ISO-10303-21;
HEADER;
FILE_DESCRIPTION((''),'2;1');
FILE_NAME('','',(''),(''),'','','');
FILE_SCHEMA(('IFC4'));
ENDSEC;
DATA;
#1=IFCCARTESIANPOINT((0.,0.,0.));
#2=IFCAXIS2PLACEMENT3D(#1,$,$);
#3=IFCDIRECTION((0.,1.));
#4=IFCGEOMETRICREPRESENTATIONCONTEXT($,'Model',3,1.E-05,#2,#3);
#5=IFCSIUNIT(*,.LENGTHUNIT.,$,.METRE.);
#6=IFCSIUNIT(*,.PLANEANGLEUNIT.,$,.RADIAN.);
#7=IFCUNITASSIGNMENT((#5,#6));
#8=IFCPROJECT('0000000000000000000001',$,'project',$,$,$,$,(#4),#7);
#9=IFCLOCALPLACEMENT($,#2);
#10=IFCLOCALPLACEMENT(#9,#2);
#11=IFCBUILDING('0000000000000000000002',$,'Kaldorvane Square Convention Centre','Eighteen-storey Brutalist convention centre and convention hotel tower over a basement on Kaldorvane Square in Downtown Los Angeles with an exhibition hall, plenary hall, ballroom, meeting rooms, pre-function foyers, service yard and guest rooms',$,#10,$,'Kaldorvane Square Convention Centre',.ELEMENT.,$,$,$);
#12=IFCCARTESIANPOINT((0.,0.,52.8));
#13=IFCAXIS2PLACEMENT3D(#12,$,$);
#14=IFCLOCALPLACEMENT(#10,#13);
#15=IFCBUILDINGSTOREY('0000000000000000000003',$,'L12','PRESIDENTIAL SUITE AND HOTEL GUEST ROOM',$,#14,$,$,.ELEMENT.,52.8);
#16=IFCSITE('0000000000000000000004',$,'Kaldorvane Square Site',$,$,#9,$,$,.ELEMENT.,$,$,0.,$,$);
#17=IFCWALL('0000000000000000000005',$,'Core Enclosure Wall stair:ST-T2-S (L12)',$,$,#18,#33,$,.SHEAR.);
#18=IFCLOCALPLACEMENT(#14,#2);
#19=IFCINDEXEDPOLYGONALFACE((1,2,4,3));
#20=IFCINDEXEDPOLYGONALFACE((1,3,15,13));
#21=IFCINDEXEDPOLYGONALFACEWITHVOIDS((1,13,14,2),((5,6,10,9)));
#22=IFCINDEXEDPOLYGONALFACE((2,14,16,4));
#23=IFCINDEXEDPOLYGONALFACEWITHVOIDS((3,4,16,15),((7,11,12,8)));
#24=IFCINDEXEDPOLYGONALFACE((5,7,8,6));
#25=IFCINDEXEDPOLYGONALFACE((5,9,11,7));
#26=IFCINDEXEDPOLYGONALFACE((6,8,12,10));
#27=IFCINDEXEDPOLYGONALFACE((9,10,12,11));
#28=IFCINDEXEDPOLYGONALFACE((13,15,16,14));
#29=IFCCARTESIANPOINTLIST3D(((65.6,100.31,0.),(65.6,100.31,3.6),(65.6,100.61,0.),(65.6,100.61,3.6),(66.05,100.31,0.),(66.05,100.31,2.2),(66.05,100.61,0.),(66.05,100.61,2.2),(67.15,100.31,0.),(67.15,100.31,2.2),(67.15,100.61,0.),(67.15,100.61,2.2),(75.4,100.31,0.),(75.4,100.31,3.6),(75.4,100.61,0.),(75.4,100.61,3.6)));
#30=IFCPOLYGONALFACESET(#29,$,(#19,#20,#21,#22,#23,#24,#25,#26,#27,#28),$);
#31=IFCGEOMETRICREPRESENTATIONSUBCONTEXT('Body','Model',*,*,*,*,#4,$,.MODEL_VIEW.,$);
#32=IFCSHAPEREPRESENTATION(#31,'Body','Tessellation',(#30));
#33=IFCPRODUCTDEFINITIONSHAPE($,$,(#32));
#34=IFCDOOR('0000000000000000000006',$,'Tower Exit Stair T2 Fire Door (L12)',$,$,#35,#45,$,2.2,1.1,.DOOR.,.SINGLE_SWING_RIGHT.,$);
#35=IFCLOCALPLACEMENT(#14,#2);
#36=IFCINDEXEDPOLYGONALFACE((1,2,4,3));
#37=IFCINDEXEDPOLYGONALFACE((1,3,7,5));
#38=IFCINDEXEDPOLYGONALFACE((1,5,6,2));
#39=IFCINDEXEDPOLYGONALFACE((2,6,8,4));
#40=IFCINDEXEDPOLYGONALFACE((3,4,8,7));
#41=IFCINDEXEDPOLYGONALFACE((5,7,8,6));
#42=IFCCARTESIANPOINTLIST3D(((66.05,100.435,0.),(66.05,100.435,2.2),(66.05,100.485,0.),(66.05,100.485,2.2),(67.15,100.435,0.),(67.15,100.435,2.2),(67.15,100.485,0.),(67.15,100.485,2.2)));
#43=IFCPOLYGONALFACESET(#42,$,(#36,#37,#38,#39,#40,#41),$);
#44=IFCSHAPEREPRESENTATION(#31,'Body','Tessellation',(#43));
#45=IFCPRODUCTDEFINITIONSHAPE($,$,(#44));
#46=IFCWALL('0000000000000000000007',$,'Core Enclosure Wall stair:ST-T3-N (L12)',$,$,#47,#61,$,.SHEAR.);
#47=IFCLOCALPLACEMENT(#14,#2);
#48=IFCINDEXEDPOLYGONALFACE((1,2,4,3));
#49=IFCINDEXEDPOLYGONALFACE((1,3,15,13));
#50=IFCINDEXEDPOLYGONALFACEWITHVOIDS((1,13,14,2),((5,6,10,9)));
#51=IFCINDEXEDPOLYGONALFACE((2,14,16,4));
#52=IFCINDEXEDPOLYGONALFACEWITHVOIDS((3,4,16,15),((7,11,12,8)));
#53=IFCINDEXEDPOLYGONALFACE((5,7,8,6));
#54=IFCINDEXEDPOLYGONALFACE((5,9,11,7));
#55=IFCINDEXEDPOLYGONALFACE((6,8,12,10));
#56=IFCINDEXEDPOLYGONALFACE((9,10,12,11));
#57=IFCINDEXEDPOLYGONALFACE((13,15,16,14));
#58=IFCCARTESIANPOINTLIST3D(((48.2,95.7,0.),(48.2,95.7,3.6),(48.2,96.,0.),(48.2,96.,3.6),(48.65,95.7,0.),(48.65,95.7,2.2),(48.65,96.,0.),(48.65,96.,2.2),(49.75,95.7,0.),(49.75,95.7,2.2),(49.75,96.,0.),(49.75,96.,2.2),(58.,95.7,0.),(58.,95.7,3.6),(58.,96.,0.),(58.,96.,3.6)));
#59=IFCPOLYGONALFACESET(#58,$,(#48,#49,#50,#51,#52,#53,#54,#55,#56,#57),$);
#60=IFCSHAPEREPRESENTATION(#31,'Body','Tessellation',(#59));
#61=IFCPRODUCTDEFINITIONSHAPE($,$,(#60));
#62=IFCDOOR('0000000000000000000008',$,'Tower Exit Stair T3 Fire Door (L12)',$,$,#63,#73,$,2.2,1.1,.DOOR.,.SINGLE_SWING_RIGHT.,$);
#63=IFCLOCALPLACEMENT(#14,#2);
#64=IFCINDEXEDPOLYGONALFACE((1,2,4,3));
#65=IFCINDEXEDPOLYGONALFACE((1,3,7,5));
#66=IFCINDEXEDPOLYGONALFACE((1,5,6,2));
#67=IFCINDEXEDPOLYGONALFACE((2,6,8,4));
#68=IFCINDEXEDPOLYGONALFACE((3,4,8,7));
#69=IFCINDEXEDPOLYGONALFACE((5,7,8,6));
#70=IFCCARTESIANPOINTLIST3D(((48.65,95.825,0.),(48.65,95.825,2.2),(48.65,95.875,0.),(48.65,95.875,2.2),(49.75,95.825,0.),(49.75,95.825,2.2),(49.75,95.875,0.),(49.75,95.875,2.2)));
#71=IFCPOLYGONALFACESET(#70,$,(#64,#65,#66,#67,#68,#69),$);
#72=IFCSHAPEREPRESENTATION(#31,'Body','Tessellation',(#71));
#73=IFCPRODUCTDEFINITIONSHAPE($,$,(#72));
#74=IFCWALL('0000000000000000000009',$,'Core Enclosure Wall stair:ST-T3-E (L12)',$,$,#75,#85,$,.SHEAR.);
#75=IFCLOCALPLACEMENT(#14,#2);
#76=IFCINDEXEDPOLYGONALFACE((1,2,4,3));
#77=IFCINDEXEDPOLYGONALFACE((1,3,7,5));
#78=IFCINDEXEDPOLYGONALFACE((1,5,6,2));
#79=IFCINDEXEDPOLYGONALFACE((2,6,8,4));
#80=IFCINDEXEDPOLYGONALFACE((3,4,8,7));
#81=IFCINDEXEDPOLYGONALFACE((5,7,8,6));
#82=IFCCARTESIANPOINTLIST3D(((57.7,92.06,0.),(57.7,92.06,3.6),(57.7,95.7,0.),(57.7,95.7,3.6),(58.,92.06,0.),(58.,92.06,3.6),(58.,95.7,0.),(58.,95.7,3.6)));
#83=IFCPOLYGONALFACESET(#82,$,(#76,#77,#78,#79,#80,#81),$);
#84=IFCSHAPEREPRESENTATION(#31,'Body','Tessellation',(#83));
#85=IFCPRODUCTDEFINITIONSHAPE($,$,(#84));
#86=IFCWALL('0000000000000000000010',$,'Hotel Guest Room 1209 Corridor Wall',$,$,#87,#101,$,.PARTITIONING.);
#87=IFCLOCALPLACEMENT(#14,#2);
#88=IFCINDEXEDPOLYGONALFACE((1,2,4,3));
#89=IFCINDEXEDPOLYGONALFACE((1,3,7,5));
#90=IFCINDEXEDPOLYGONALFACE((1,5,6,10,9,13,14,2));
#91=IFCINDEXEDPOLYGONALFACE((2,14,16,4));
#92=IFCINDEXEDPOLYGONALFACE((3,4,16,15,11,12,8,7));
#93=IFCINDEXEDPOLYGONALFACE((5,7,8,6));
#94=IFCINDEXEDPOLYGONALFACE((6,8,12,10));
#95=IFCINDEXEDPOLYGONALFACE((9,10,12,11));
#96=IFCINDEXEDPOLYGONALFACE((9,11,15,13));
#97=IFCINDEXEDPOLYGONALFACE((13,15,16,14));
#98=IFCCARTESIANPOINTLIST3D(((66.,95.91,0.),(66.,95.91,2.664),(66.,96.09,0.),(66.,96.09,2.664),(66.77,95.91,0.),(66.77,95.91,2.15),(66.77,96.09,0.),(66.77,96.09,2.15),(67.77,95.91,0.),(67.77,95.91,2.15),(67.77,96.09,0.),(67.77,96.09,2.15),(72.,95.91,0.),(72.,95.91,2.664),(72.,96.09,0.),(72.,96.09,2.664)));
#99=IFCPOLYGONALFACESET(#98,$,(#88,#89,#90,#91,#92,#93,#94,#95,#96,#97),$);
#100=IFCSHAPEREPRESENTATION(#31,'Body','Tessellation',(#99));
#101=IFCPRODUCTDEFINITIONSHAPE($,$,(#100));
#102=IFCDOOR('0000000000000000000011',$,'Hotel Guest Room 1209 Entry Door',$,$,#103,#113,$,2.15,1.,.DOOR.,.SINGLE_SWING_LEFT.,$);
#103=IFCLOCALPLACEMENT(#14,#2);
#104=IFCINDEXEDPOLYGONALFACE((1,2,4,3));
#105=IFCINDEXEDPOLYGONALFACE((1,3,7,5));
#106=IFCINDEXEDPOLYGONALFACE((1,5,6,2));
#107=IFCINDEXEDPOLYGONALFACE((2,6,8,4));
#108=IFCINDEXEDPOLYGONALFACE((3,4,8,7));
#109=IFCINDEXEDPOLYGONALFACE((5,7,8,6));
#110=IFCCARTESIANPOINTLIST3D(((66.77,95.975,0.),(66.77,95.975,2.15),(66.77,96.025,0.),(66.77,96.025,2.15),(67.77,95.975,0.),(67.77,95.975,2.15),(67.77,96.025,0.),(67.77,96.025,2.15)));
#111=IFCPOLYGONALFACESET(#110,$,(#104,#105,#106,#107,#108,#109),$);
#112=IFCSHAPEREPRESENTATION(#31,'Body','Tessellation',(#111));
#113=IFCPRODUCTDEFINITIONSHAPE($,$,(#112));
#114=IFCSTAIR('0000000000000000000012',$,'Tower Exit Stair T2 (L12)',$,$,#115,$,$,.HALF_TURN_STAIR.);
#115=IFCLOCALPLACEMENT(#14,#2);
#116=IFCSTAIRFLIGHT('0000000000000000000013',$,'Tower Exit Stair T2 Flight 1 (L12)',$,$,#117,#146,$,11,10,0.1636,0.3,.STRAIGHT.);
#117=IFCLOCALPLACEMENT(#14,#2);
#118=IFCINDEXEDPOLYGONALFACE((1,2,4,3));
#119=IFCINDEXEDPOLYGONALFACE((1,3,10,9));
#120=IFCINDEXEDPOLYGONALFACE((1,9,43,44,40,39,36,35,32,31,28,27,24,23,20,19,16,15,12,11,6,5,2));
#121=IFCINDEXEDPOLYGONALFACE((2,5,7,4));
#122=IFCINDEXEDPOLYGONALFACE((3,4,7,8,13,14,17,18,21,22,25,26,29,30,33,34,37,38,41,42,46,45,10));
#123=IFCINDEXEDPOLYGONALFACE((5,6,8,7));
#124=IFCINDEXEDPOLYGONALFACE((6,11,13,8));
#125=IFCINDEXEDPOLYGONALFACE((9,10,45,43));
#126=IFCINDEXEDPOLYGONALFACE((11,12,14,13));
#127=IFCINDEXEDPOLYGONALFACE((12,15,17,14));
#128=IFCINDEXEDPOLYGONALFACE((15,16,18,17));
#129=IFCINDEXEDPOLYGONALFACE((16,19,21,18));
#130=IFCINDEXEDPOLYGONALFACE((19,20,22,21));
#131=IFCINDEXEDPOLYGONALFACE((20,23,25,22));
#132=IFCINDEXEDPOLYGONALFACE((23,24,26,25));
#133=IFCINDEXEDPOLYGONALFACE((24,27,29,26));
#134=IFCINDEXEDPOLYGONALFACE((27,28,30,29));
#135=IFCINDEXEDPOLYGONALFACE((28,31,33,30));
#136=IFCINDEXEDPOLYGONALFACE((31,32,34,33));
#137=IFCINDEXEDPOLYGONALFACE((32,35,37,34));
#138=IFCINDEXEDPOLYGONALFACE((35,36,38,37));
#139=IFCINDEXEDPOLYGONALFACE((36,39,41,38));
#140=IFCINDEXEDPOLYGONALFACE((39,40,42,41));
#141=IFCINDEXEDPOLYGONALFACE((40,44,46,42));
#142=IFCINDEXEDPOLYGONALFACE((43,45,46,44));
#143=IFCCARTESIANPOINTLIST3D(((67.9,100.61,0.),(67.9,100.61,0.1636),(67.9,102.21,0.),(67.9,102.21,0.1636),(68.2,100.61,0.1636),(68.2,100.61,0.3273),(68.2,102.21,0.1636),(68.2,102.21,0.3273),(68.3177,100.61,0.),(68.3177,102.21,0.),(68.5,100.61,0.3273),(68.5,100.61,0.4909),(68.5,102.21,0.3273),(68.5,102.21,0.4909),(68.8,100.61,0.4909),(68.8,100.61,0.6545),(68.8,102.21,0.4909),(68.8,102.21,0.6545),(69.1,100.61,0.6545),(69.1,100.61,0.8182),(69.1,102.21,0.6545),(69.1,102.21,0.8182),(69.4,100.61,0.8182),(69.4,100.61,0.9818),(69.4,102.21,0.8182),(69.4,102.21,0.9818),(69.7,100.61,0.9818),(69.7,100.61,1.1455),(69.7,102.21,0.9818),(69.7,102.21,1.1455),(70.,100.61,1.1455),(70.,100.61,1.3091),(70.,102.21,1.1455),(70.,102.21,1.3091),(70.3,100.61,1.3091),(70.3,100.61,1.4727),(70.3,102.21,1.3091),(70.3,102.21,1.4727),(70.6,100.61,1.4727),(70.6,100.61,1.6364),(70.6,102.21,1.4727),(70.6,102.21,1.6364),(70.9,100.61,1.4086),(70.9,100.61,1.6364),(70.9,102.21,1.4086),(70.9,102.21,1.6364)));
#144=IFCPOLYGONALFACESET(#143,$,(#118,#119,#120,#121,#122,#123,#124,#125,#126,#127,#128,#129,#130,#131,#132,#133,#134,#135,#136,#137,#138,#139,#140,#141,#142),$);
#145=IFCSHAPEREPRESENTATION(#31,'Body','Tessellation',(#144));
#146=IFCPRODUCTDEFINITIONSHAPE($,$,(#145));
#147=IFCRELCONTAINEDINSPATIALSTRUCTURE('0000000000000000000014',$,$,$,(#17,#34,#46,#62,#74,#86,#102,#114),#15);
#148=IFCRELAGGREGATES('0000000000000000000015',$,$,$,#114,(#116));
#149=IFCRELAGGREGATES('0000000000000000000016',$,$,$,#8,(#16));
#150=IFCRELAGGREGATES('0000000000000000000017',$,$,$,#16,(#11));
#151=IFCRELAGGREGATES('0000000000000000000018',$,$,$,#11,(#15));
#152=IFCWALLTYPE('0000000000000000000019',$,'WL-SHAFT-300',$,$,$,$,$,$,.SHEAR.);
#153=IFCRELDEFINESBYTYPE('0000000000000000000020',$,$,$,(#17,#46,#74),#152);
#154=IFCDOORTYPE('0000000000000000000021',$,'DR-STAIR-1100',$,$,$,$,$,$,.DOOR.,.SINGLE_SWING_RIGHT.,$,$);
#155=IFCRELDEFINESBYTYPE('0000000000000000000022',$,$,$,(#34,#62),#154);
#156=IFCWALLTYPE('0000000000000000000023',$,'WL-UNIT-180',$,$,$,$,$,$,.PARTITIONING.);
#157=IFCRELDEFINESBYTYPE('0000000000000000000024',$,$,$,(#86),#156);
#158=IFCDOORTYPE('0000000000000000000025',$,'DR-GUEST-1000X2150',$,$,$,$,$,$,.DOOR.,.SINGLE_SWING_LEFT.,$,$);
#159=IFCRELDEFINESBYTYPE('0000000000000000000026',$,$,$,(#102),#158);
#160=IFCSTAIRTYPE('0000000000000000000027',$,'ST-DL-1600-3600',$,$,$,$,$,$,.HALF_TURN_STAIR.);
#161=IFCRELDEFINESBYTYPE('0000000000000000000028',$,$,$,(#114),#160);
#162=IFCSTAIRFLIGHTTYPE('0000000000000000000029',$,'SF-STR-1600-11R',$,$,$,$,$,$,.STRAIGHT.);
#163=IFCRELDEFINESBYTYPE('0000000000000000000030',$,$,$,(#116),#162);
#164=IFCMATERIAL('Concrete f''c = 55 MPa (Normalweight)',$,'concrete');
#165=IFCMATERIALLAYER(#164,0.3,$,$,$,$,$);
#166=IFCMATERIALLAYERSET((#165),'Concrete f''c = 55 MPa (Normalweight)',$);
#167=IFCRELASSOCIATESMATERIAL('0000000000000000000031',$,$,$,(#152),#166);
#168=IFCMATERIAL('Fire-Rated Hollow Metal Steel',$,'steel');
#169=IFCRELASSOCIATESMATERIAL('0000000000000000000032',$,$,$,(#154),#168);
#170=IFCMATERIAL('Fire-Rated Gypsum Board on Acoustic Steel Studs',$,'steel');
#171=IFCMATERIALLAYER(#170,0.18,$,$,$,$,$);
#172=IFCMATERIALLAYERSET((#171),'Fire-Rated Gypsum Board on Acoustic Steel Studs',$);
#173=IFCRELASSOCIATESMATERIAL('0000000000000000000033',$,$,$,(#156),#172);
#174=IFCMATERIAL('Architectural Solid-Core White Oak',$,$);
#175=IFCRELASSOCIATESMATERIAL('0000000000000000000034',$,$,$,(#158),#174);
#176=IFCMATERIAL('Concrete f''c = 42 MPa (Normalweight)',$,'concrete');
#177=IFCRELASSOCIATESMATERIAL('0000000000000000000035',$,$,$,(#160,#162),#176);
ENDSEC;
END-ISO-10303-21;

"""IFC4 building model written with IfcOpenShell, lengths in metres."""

from ifc_helpers import new_model, si_unit, direction, frame, frame_2d, origin, place, context, subcontext, project, spatial, polyline, rectangle, outline, extrude, material, layer, layer_set, type_object, element, fill, aggregate, save


model = new_model("IFC4")

# Units and contexts
model_context = context("Model", 3, precision=1e-05, world=origin(), true_north=direction((0.0, 1.0)))
body_context = subcontext(model_context, "Body", "Model", "MODEL_VIEW")
ifc_project = project(units=[si_unit("LENGTHUNIT", "METRE"), si_unit("PLANEANGLEUNIT", "RADIAN")], contexts=[model_context])

# Site, building, storey
site_placement = place(None, origin())
site = spatial("IfcSite", under=ifc_project, at=site_placement, Name="Kaldorvane Square Site", CompositionType="ELEMENT", RefElevation=0.0)
building_placement = place(site_placement, origin())
building = spatial("IfcBuilding", under=site, at=building_placement, Name="Kaldorvane Square Convention Centre", Description="Eighteen-storey Brutalist convention centre and convention hotel tower over a basement on Kaldorvane Square in Downtown Los Angeles with an exhibition hall, plenary hall, ballroom, meeting rooms, pre-function foyers, service yard and guest rooms", LongName="Kaldorvane Square Convention Centre", CompositionType="ELEMENT")
storey_placement = place(building_placement, frame((0.0, 0.0, 52.8)))
storey = spatial("IfcBuildingStorey", under=building, at=storey_placement, Name="L12", Description="PRESIDENTIAL SUITE AND HOTEL GUEST ROOM", CompositionType="ELEMENT", Elevation=52.8)

# Shared definitions
ifc_material_1 = material(Name="Fire-Rated Gypsum Board on Acoustic Steel Studs", Category="steel")
ifc_material_2 = material(Name="Architectural Solid-Core White Oak")

# Walls, openings, doors
ifc_material_3 = material(Name="Concrete f'c = 55 MPa (Normalweight)", Category="concrete")
ifc_layer_1 = layer(ifc_material_3, 0.3)
ifc_layer_set_1 = layer_set([ifc_layer_1], Name="Concrete f'c = 55 MPa (Normalweight)")
wall_type_1 = type_object("IfcWallType", Name="WL-SHAFT-300", PredefinedType="SHEAR", material=ifc_layer_set_1)
wall_1_placement = place(storey_placement, frame((65.6, 100.46, 0.0), z_axis=(0.0, 0.0, 1.0), x_axis=(1.0, 0.0, 0.0)))
wall_1 = element("IfcWall", 1, at=wall_1_placement, inside=storey, type_object=wall_type_1, Name="Core Enclosure Wall stair:ST-T2-S (L12)", PredefinedType="SHEAR", context=body_context, shape_type="SweptSolid", body=[
    extrude(rectangle(XDim=9.8, YDim=0.3, at=frame_2d((4.9, 0.0))), origin(), (0.0, 0.0, 1.0), 3.6),
])
opening_1_placement = place(wall_1_placement, frame((0.45, 0.0, 0.0)))
opening_1 = element("IfcOpeningElement", 2, at=opening_1_placement, cuts=wall_1, PredefinedType="OPENING", context=body_context, shape_type="SweptSolid", body=[
    extrude(rectangle(XDim=1.1, YDim=2.2, at=frame_2d((0.55, 1.1))), frame((0.0, 0.165, 0.0), z_axis=(0.0, -1.0, 0.0), x_axis=(1.0, 0.0, 0.0)), (0.0, 0.0, 1.0), 0.33),
])
ifc_material_4 = material(Name="Fire-Rated Hollow Metal Steel", Category="steel")
door_type_1 = type_object("IfcDoorType", Name="DR-STAIR-1100", OperationType="SINGLE_SWING_RIGHT", PredefinedType="DOOR", material=ifc_material_4)
door_1_placement = place(opening_1_placement, origin())
door_1 = element("IfcDoor", 3, at=door_1_placement, inside=storey, type_object=door_type_1, Name="Tower Exit Stair T2 Fire Door (L12)", OperationType="SINGLE_SWING_RIGHT", OverallHeight=2.2, OverallWidth=1.1, PredefinedType="DOOR", context=body_context, shape_type="SweptSolid", body=[
    extrude(rectangle(XDim=1.1, YDim=2.2, at=frame_2d((0.55, 1.1))), frame((0.0, 0.025, 0.0), z_axis=(0.0, -1.0, 0.0), x_axis=(1.0, 0.0, 0.0)), (0.0, 0.0, 1.0), 0.05),
])
fill(opening_1, door_1)
wall_2_placement = place(storey_placement, frame((58.0, 95.85, 0.0), z_axis=(0.0, 0.0, 1.0), x_axis=(-1.0, 0.0, 0.0)))
wall_2 = element("IfcWall", 4, at=wall_2_placement, inside=storey, type_object=wall_type_1, Name="Core Enclosure Wall stair:ST-T3-N (L12)", PredefinedType="SHEAR", context=body_context, shape_type="SweptSolid", body=[
    extrude(rectangle(XDim=9.8, YDim=0.3, at=frame_2d((4.9, 0.0))), origin(), (0.0, 0.0, 1.0), 3.6),
])
opening_2_placement = place(wall_2_placement, frame((8.25, 0.0, 0.0)))
opening_2 = element("IfcOpeningElement", 5, at=opening_2_placement, cuts=wall_2, PredefinedType="OPENING", context=body_context, shape_type="SweptSolid", body=[
    extrude(rectangle(XDim=1.1, YDim=2.2, at=frame_2d((0.55, 1.1))), frame((0.0, 0.165, 0.0), z_axis=(0.0, -1.0, 0.0), x_axis=(1.0, 0.0, 0.0)), (0.0, 0.0, 1.0), 0.33),
])
door_2_placement = place(opening_2_placement, origin())
door_2 = element("IfcDoor", 6, at=door_2_placement, inside=storey, type_object=door_type_1, Name="Tower Exit Stair T3 Fire Door (L12)", OperationType="SINGLE_SWING_RIGHT", OverallHeight=2.2, OverallWidth=1.1, PredefinedType="DOOR", context=body_context, shape_type="SweptSolid", body=[
    extrude(rectangle(XDim=1.1, YDim=2.2, at=frame_2d((0.55, 1.1))), frame((0.0, 0.025, 0.0), z_axis=(0.0, -1.0, 0.0), x_axis=(1.0, 0.0, 0.0)), (0.0, 0.0, 1.0), 0.05),
])
fill(opening_2, door_2)

# Wall
wall_3_placement = place(storey_placement, frame((57.85, 92.06, 0.0), z_axis=(0.0, 0.0, 1.0), x_axis=(0.0, 1.0, 0.0)))
element("IfcWall", 7, at=wall_3_placement, inside=storey, type_object=wall_type_1, Name="Core Enclosure Wall stair:ST-T3-E (L12)", PredefinedType="SHEAR", context=body_context, shape_type="SweptSolid", body=[
    extrude(rectangle(XDim=3.64, YDim=0.3, at=frame_2d((1.82, 0.0))), origin(), (0.0, 0.0, 1.0), 3.6),
])

# Wall, opening, door
ifc_layer_2 = layer(ifc_material_1, 0.18)
ifc_layer_set_2 = layer_set([ifc_layer_2], Name="Fire-Rated Gypsum Board on Acoustic Steel Studs")
wall_type_2 = type_object("IfcWallType", Name="WL-UNIT-180", PredefinedType="PARTITIONING", material=ifc_layer_set_2)
wall_4_placement = place(storey_placement, frame((66.0, 96.0, 0.0), z_axis=(0.0, 0.0, 1.0), x_axis=(1.0, 0.0, 0.0)))
wall_4 = element("IfcWall", 8, at=wall_4_placement, inside=storey, type_object=wall_type_2, Name="Hotel Guest Room 1209 Corridor Wall", PredefinedType="PARTITIONING", context=body_context, shape_type="SweptSolid", body=[
    extrude(rectangle(XDim=6.0, YDim=0.18, at=frame_2d((3.0, 0.0))), origin(), (0.0, 0.0, 1.0), 2.664),
])
opening_3_placement = place(wall_4_placement, frame((0.77, 0.0, 0.0)))
opening_3 = element("IfcOpeningElement", 9, at=opening_3_placement, cuts=wall_4, PredefinedType="OPENING", context=body_context, shape_type="SweptSolid", body=[
    extrude(rectangle(XDim=1.0, YDim=2.15, at=frame_2d((0.5, 1.075))), frame((0.0, 0.105, 0.0), z_axis=(0.0, -1.0, 0.0), x_axis=(1.0, 0.0, 0.0)), (0.0, 0.0, 1.0), 0.21),
])
door_type_2 = type_object("IfcDoorType", Name="DR-GUEST-1000X2150", OperationType="SINGLE_SWING_LEFT", PredefinedType="DOOR", material=ifc_material_2)
door_3_placement = place(opening_3_placement, origin())
door_3 = element("IfcDoor", 10, at=door_3_placement, inside=storey, type_object=door_type_2, Name="Hotel Guest Room 1209 Entry Door", OperationType="SINGLE_SWING_LEFT", OverallHeight=2.15, OverallWidth=1.0, PredefinedType="DOOR", context=body_context, shape_type="SweptSolid", body=[
    extrude(rectangle(XDim=1.0, YDim=2.15, at=frame_2d((0.5, 1.075))), frame((0.0, 0.025, 0.0), z_axis=(0.0, -1.0, 0.0), x_axis=(1.0, 0.0, 0.0)), (0.0, 0.0, 1.0), 0.05),
])
fill(opening_3, door_3)

# Stair, stair flight
ifc_material_5 = material(Name="Concrete f'c = 42 MPa (Normalweight)", Category="concrete")
stair_type = type_object("IfcStairType", Name="ST-DL-1600-3600", PredefinedType="HALF_TURN_STAIR", material=ifc_material_5)
stair_1_placement = place(storey_placement, origin())
stair_1 = element("IfcStair", 11, at=stair_1_placement, inside=storey, type_object=stair_type, Name="Tower Exit Stair T2 (L12)", PredefinedType="HALF_TURN_STAIR")
stair_flight_type = type_object("IfcStairFlightType", Name="SF-STR-1600-11R", PredefinedType="STRAIGHT", material=ifc_material_5)
stair_flight_1_placement = place(storey_placement, frame((67.9, 101.41, 0.0), z_axis=(0.0, 0.0, 1.0), x_axis=(1.0, 0.0, 0.0)))
stair_flight_1 = element("IfcStairFlight", 12, at=stair_flight_1_placement, type_object=stair_flight_type, Name="Tower Exit Stair T2 Flight 1 (L12)", NumberOfRisers=11, NumberOfTreads=10, PredefinedType="STRAIGHT", RiserHeight=0.1636, TreadLength=0.3, context=body_context, shape_type="SweptSolid", body=[
    extrude(outline(polyline([(0.0, 0.0), (0.0, 0.1636), (0.3, 0.1636), (0.3, 0.3273), (0.6, 0.3273), (0.6, 0.4909), (0.9, 0.4909), (0.9, 0.6545), (1.2, 0.6545), (1.2, 0.8182), (1.5, 0.8182), (1.5, 0.9818), (1.8, 0.9818), (1.8, 1.1455), (2.1, 1.1455), (2.1, 1.3091), (2.4, 1.3091), (2.4, 1.4727), (2.7, 1.4727), (2.7, 1.6364), (3.0, 1.6364), (3.0, 1.8), (3.0, 1.4086), (0.4177, 0.0), (0.0, 0.0)])), frame((0.0, 0.8, 0.0), z_axis=(0.0, -1.0, 0.0), x_axis=(1.0, 0.0, 0.0)), (0.0, 0.0, 1.0), 1.6),
])
aggregate(stair_1, [stair_flight_1])

save(model, "model.ifc")
